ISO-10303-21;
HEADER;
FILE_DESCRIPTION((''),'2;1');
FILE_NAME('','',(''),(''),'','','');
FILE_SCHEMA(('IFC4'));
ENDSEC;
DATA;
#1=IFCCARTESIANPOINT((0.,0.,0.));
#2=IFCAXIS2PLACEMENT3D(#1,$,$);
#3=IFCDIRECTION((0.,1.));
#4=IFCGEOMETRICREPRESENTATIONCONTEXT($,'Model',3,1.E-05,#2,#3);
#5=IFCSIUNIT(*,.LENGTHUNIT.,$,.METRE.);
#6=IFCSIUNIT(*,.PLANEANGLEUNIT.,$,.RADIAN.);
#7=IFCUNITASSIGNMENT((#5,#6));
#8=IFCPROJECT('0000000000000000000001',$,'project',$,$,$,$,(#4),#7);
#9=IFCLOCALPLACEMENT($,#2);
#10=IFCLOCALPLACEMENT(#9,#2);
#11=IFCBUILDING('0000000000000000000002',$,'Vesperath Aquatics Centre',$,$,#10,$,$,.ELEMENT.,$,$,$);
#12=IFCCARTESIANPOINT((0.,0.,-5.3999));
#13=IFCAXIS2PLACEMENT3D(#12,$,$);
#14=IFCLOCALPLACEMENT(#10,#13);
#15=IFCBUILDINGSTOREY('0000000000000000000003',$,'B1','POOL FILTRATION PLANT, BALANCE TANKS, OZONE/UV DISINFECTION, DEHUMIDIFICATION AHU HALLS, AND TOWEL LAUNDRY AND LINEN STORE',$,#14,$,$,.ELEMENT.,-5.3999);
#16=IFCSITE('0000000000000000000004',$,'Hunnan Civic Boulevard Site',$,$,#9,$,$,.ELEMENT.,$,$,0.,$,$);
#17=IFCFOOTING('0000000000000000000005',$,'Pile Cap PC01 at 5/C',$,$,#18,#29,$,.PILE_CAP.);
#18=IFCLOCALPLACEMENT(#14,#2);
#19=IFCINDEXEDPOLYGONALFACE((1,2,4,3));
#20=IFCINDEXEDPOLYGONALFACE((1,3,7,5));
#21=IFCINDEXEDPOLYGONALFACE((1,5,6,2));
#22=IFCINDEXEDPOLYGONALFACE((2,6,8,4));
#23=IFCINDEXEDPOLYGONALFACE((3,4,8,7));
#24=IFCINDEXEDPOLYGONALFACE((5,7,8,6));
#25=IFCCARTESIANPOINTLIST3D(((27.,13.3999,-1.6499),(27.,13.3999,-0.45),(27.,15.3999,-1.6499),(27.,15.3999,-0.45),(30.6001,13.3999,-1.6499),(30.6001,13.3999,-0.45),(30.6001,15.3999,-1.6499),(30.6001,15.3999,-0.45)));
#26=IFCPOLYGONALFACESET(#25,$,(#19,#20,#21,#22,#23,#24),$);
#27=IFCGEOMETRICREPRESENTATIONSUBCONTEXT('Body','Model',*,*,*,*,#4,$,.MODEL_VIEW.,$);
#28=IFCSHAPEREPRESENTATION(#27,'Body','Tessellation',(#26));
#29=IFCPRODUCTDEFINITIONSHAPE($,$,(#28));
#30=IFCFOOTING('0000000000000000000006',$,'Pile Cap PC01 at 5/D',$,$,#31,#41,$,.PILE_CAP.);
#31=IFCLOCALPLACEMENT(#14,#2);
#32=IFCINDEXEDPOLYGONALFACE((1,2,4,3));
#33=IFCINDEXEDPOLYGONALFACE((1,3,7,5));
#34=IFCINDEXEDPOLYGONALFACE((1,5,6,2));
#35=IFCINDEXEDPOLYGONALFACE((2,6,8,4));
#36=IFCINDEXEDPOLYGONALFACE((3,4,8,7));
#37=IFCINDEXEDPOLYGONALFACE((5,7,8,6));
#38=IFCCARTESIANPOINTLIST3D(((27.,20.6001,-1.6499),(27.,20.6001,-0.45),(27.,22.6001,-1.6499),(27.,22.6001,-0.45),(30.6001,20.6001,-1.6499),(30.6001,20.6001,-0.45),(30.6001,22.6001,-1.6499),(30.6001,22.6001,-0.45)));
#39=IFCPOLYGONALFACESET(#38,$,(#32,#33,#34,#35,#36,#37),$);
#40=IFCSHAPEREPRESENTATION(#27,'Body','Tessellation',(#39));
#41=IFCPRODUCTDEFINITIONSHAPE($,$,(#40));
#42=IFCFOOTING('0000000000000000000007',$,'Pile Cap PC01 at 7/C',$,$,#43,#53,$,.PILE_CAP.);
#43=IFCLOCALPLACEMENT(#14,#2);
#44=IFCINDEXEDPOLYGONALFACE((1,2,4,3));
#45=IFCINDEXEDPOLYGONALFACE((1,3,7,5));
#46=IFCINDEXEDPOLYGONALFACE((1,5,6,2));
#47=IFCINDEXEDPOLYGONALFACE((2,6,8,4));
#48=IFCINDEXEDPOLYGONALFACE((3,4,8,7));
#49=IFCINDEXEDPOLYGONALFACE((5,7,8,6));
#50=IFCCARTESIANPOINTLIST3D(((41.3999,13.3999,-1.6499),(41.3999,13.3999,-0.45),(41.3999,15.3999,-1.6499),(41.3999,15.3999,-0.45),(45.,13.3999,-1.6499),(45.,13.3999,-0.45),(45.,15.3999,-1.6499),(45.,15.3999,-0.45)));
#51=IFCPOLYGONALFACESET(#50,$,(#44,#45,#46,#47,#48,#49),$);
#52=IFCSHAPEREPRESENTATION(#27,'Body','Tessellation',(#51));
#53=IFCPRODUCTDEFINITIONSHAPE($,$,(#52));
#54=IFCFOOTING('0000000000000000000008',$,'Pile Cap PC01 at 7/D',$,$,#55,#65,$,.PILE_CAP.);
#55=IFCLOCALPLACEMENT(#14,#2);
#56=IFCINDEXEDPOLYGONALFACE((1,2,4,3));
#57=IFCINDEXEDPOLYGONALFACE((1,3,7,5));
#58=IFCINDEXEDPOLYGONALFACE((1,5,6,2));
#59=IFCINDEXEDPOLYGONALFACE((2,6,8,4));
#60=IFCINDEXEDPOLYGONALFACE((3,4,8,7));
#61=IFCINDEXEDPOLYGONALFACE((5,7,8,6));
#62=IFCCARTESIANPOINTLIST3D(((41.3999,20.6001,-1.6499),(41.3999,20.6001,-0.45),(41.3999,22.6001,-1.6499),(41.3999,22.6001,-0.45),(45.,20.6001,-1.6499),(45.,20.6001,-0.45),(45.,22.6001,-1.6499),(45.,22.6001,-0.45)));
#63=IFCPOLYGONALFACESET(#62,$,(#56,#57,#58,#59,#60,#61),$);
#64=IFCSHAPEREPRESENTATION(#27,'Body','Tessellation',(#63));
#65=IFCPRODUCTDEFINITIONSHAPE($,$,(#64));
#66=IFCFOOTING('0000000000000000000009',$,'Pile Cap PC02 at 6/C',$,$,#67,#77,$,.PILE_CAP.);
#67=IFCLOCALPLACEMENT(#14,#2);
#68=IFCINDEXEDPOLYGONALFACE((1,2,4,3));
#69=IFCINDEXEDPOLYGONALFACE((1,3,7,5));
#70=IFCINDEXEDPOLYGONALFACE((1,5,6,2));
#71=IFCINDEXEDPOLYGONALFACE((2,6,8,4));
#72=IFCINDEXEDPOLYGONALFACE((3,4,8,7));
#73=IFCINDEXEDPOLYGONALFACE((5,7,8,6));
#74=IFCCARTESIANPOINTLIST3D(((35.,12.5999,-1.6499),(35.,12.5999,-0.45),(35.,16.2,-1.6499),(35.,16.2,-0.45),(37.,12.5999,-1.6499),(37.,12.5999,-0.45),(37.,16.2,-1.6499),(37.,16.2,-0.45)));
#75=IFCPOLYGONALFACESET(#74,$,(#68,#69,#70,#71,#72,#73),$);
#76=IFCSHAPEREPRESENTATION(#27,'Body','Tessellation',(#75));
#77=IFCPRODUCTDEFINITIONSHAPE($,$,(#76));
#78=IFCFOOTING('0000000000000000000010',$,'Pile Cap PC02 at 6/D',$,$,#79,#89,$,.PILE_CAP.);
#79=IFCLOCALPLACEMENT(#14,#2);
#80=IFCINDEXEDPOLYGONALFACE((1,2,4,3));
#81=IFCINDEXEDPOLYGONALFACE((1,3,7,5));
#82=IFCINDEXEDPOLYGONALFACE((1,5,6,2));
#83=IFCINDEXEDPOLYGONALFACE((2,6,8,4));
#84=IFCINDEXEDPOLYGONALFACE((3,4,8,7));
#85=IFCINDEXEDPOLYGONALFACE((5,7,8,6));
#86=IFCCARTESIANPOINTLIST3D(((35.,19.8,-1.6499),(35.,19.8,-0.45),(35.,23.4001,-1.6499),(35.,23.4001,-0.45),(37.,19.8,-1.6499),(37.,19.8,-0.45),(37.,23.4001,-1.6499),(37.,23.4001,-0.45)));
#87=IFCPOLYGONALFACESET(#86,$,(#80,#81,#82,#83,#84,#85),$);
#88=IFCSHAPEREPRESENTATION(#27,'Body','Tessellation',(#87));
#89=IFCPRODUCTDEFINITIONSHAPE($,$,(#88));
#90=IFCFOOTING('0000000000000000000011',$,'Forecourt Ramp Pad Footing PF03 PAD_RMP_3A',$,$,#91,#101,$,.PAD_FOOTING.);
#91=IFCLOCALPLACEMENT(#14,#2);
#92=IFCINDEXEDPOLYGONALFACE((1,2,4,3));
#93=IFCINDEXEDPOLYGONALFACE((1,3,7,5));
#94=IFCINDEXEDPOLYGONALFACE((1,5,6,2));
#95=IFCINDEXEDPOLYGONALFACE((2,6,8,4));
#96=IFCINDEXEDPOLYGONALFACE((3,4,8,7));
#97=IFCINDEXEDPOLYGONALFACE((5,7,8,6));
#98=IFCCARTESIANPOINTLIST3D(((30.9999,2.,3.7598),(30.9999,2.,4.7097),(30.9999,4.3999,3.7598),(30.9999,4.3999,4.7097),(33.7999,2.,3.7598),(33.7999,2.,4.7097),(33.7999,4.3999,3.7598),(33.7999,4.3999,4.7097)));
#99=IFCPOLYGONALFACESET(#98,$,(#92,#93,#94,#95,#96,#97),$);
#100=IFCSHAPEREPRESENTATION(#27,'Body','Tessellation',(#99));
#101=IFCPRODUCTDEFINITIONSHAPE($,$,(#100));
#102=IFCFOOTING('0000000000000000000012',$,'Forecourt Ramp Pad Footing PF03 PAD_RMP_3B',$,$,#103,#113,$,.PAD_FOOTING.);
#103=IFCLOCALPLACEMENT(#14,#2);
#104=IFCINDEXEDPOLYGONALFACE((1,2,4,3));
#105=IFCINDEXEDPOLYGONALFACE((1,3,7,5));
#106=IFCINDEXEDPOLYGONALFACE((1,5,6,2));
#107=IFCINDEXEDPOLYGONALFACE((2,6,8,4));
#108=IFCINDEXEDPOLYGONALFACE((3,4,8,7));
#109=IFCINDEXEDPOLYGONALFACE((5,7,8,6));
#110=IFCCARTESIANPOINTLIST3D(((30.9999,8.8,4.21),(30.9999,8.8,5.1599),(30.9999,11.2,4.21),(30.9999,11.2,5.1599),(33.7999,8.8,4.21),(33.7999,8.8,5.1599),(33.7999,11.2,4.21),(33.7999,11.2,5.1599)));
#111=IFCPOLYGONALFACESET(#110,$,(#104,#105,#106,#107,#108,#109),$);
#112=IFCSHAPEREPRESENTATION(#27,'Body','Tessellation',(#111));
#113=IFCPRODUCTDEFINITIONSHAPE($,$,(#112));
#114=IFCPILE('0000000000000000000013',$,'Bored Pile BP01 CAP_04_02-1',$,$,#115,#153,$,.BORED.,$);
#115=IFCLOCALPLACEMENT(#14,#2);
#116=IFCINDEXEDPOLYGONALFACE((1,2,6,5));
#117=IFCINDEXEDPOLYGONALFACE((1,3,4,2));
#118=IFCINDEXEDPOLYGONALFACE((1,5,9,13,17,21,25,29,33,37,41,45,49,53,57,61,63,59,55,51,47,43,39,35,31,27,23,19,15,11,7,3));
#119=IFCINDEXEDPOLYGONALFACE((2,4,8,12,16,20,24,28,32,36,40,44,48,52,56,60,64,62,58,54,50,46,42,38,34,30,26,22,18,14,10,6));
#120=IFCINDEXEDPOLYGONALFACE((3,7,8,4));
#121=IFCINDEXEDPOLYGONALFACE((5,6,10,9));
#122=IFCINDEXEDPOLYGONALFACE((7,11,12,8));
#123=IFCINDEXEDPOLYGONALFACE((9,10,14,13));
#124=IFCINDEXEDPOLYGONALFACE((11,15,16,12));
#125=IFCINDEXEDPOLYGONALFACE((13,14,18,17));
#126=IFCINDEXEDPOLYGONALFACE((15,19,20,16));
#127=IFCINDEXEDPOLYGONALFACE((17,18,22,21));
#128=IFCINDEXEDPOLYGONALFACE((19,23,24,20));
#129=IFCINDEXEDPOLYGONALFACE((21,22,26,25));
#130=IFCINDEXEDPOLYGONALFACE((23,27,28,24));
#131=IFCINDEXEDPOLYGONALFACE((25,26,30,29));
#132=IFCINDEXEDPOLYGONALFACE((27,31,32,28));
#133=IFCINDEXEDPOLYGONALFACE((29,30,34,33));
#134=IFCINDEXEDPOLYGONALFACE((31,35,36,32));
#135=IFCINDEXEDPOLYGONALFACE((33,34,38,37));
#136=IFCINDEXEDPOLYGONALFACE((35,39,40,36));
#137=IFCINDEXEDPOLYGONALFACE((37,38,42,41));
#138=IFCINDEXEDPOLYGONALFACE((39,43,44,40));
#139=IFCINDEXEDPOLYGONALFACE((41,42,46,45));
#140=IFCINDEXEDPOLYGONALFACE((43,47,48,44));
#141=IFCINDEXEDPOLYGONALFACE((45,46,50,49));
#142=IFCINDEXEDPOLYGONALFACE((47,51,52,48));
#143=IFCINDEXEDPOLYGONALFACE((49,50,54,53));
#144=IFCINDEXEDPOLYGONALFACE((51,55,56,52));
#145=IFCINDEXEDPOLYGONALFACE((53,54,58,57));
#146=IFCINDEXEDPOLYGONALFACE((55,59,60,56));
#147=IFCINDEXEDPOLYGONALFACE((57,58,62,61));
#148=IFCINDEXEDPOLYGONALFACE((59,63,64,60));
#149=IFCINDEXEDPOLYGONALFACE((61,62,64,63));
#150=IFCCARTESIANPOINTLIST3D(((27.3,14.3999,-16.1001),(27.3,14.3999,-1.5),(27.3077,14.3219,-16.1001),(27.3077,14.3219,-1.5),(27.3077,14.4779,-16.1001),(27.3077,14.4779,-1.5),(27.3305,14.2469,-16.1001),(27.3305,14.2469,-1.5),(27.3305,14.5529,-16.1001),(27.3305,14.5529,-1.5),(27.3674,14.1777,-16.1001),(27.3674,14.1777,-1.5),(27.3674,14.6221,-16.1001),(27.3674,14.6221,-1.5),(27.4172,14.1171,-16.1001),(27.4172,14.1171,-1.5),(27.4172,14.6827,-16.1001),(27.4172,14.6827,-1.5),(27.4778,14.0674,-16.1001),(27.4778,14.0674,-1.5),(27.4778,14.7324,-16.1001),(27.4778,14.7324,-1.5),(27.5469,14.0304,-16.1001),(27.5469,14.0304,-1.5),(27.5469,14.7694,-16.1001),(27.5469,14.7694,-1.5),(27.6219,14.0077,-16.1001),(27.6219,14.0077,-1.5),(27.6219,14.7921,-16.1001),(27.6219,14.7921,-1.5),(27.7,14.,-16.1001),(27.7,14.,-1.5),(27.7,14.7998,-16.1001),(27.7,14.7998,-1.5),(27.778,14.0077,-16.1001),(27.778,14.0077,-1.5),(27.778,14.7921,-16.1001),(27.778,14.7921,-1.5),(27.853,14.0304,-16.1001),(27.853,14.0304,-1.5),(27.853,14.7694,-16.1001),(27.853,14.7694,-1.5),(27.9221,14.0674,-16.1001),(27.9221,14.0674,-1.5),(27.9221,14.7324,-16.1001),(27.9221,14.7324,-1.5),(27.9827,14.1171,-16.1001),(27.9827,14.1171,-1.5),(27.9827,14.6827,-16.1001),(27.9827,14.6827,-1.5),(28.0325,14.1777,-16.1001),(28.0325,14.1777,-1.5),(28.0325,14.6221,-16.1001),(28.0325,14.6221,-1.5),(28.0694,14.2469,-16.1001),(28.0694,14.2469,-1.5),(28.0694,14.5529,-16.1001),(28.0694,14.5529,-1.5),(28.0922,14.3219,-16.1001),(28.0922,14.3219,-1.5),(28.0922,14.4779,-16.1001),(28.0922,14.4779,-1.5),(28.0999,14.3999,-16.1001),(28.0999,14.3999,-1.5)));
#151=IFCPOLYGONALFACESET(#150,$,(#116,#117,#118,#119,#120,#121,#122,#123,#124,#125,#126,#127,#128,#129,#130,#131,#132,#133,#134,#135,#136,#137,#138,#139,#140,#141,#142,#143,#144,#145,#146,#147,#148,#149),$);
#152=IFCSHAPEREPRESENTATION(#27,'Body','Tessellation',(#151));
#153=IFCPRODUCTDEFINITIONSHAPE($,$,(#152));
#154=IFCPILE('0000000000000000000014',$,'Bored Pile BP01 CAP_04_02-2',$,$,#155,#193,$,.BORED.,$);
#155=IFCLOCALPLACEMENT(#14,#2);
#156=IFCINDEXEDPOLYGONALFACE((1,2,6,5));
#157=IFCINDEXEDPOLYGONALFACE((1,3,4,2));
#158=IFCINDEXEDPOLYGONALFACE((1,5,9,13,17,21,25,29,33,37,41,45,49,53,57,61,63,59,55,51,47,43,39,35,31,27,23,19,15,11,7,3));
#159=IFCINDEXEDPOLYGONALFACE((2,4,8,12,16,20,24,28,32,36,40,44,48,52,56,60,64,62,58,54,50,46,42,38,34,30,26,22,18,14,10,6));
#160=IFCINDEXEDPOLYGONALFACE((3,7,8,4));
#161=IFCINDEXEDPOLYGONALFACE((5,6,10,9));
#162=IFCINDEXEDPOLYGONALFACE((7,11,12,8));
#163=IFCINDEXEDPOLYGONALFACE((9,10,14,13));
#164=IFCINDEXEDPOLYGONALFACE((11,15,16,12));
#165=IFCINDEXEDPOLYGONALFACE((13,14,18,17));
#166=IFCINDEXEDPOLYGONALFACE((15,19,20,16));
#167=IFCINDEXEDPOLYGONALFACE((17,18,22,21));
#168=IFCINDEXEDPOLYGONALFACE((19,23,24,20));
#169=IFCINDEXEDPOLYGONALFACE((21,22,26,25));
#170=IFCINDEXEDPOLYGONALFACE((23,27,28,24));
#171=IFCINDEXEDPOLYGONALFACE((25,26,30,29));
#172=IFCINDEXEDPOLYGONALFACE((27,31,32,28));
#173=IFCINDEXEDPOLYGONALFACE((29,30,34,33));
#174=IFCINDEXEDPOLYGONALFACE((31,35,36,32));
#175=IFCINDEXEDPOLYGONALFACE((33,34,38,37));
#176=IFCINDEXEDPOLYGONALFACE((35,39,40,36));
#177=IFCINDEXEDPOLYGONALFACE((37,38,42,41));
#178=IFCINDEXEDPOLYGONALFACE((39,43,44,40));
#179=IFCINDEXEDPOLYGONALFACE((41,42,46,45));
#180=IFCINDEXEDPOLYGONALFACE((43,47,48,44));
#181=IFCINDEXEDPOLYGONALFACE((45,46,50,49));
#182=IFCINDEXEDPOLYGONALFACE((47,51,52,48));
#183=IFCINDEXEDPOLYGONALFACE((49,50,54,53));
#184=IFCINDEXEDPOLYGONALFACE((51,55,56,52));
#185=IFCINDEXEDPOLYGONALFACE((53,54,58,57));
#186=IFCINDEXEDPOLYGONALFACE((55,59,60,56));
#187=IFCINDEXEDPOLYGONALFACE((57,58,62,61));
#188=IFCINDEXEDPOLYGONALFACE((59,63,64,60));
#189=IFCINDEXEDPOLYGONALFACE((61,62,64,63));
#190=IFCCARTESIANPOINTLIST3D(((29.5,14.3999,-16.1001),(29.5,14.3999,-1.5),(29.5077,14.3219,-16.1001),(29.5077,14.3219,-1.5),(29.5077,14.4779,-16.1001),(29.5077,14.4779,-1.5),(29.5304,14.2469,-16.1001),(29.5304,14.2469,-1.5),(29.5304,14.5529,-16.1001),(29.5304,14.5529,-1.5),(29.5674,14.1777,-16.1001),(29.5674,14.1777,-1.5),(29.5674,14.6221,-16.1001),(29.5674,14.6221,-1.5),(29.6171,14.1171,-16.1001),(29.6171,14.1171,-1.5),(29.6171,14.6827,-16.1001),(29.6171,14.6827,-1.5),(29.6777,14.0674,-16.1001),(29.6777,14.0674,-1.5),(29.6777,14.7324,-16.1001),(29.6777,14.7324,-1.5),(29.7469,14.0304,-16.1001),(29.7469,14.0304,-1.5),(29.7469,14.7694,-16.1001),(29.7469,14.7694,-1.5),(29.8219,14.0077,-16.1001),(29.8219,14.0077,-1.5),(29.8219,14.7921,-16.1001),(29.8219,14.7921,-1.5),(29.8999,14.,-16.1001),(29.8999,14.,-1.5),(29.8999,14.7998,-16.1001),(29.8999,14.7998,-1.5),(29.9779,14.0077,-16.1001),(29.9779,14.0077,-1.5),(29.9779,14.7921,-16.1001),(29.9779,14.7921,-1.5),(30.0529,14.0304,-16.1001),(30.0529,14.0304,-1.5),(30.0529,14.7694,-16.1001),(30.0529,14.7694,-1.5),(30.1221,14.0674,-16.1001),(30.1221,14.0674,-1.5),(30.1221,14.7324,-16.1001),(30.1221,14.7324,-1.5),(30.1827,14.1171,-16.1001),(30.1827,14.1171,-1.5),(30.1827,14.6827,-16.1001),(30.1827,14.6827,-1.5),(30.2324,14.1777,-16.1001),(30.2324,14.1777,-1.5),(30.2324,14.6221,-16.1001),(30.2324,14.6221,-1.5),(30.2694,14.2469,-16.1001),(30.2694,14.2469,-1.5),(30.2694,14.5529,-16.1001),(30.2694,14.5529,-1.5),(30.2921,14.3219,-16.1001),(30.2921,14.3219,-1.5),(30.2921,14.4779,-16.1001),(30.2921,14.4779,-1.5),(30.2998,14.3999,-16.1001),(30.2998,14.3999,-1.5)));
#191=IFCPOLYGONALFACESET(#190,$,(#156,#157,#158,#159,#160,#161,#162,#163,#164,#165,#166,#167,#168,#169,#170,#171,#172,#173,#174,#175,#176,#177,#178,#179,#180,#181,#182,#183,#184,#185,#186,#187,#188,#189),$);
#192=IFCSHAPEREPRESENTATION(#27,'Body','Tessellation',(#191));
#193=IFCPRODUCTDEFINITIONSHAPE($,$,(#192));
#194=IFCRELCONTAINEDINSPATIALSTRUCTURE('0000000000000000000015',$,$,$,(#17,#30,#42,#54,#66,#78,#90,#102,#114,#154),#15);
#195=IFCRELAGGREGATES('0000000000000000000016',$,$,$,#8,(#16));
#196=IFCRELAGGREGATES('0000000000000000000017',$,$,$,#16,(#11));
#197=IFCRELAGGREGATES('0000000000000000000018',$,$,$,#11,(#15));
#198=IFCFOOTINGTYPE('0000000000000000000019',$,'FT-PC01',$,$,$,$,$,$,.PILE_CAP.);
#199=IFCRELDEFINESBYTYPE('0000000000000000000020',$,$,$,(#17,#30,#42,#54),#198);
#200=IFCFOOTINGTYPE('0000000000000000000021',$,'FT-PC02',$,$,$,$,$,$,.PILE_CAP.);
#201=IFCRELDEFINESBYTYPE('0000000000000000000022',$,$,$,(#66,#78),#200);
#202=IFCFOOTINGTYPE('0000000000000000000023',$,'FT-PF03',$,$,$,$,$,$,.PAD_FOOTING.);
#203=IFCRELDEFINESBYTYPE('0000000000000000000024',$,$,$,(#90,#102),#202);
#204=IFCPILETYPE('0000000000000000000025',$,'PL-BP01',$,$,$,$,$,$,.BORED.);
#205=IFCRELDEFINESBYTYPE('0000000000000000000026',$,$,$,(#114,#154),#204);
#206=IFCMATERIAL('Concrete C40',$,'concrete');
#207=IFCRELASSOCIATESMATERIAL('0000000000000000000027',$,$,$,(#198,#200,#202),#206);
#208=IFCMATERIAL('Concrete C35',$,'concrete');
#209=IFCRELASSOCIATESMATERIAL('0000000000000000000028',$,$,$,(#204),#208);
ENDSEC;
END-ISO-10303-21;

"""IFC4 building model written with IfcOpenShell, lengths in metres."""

from ifc_helpers import new_model, si_unit, direction, frame, origin, origin_2d, place, context, subcontext, project, spatial, rectangle, circle, extrude, material, material_profile, profile_set, type_object, element, save


model = new_model("IFC4")

# Units and contexts
model_context = context("Model", 3, precision=1e-05, world=origin(), true_north=direction((0.0, 1.0)))
body_context = subcontext(model_context, "Body", "Model", "MODEL_VIEW")
ifc_project = project(units=[si_unit("LENGTHUNIT", "METRE"), si_unit("PLANEANGLEUNIT", "RADIAN")], contexts=[model_context])

# Site, building, storey
site_placement = place(None, origin())
site = spatial("IfcSite", under=ifc_project, at=site_placement, Name="Hunnan Civic Boulevard Site", CompositionType="ELEMENT", RefElevation=0.0)
building_placement = place(site_placement, origin())
building = spatial("IfcBuilding", under=site, at=building_placement, Name="Vesperath Aquatics Centre", CompositionType="ELEMENT")
storey_placement = place(building_placement, frame((0.0, 0.0, -5.3999)))
storey = spatial("IfcBuildingStorey", under=building, at=storey_placement, Name="B1", Description="POOL FILTRATION PLANT, BALANCE TANKS, OZONE/UV DISINFECTION, DEHUMIDIFICATION AHU HALLS, AND TOWEL LAUNDRY AND LINEN STORE", CompositionType="ELEMENT", Elevation=-5.3999)

# Footings
ifc_material_1 = material(Name="Concrete C40", Category="concrete")
footing_type_1 = type_object("IfcFootingType", Name="FT-PC01", PredefinedType="PILE_CAP", material=ifc_material_1)
for number, where, z_axis, x_axis, name in (
    (1, (28.8, 14.3999, -1.6499), (0.0, 0.0, 1.0), (1.0, 0.0, 0.0), "Pile Cap PC01 at 5/C"),
    (2, (28.8, 21.6001, -1.6499), (0.0, 0.0, 1.0), (1.0, 0.0, 0.0), "Pile Cap PC01 at 5/D"),
    (3, (43.2, 14.3999, -1.6499), (0.0, 0.0, 1.0), (1.0, 0.0, 0.0), "Pile Cap PC01 at 7/C"),
    (4, (43.2, 21.6001, -1.6499), (0.0, 0.0, 1.0), (1.0, 0.0, 0.0), "Pile Cap PC01 at 7/D"),
):
    element("IfcFooting", number, at=place(storey_placement, frame(where, z_axis=z_axis, x_axis=x_axis)), inside=storey, type_object=footing_type_1, Name=name, PredefinedType="PILE_CAP", context=body_context, shape_type="SweptSolid", body=[
        extrude(rectangle(XDim=3.6001, YDim=2.0, at=origin_2d()), origin(), (0.0, 0.0, 1.0), 1.2),
    ])
footing_type_2 = type_object("IfcFootingType", Name="FT-PC02", PredefinedType="PILE_CAP", material=ifc_material_1)
for number, where, z_axis, x_axis, name in (
    (5, (36.0, 14.3999, -1.6499), (0.0, 0.0, 1.0), (1.0, 0.0, 0.0), "Pile Cap PC02 at 6/C"),
    (6, (36.0, 21.6001, -1.6499), (0.0, 0.0, 1.0), (1.0, 0.0, 0.0), "Pile Cap PC02 at 6/D"),
):
    element("IfcFooting", number, at=place(storey_placement, frame(where, z_axis=z_axis, x_axis=x_axis)), inside=storey, type_object=footing_type_2, Name=name, PredefinedType="PILE_CAP", context=body_context, shape_type="SweptSolid", body=[
        extrude(rectangle(XDim=2.0, YDim=3.6001, at=origin_2d()), origin(), (0.0, 0.0, 1.0), 1.2),
    ])
footing_type_3 = type_object("IfcFootingType", Name="FT-PF03", PredefinedType="PAD_FOOTING", material=ifc_material_1)
for number, where, z_axis, x_axis, name in (
    (7, (32.3999, 3.2, 3.7598), (0.0, 0.0, 1.0), (1.0, 0.0, 0.0), "Forecourt Ramp Pad Footing PF03 PAD_RMP_3A"),
    (8, (32.3999, 10.0, 4.21), (0.0, 0.0, 1.0), (1.0, 0.0, 0.0), "Forecourt Ramp Pad Footing PF03 PAD_RMP_3B"),
):
    element("IfcFooting", number, at=place(storey_placement, frame(where, z_axis=z_axis, x_axis=x_axis)), inside=storey, type_object=footing_type_3, Name=name, PredefinedType="PAD_FOOTING", context=body_context, shape_type="SweptSolid", body=[
        extrude(rectangle(XDim=2.8, YDim=2.3999, at=origin_2d()), origin(), (0.0, 0.0, 1.0), 0.95),
    ])

# Piles
ifc_material_2 = material(Name="Concrete C35", Category="concrete")
ifc_material_profile_1 = material_profile(ifc_material_2, circle(Radius=0.3999, at=origin_2d()), Name="PILE D800")
ifc_profile_set_1 = profile_set([ifc_material_profile_1], Name="Concrete C35")
pile_type = type_object("IfcPileType", Name="PL-BP01", PredefinedType="BORED", material=ifc_profile_set_1)
for number, where, z_axis, x_axis, name in (
    (9, (27.7, 14.3999, -1.5), (0.0, 0.0, -1.0), (1.0, 0.0, 0.0), "Bored Pile BP01 CAP_04_02-1"),
    (10, (29.8999, 14.3999, -1.5), (0.0, 0.0, -1.0), (1.0, 0.0, 0.0), "Bored Pile BP01 CAP_04_02-2"),
):
    element("IfcPile", number, at=place(storey_placement, frame(where, z_axis=z_axis, x_axis=x_axis)), inside=storey, type_object=pile_type, Name=name, PredefinedType="BORED", context=body_context, shape_type="SweptSolid", body=[
        extrude(circle(Radius=0.3999, at=origin_2d()), origin(), (0.0, 0.0, 1.0), 14.6001),
    ])

save(model, "model.ifc")
